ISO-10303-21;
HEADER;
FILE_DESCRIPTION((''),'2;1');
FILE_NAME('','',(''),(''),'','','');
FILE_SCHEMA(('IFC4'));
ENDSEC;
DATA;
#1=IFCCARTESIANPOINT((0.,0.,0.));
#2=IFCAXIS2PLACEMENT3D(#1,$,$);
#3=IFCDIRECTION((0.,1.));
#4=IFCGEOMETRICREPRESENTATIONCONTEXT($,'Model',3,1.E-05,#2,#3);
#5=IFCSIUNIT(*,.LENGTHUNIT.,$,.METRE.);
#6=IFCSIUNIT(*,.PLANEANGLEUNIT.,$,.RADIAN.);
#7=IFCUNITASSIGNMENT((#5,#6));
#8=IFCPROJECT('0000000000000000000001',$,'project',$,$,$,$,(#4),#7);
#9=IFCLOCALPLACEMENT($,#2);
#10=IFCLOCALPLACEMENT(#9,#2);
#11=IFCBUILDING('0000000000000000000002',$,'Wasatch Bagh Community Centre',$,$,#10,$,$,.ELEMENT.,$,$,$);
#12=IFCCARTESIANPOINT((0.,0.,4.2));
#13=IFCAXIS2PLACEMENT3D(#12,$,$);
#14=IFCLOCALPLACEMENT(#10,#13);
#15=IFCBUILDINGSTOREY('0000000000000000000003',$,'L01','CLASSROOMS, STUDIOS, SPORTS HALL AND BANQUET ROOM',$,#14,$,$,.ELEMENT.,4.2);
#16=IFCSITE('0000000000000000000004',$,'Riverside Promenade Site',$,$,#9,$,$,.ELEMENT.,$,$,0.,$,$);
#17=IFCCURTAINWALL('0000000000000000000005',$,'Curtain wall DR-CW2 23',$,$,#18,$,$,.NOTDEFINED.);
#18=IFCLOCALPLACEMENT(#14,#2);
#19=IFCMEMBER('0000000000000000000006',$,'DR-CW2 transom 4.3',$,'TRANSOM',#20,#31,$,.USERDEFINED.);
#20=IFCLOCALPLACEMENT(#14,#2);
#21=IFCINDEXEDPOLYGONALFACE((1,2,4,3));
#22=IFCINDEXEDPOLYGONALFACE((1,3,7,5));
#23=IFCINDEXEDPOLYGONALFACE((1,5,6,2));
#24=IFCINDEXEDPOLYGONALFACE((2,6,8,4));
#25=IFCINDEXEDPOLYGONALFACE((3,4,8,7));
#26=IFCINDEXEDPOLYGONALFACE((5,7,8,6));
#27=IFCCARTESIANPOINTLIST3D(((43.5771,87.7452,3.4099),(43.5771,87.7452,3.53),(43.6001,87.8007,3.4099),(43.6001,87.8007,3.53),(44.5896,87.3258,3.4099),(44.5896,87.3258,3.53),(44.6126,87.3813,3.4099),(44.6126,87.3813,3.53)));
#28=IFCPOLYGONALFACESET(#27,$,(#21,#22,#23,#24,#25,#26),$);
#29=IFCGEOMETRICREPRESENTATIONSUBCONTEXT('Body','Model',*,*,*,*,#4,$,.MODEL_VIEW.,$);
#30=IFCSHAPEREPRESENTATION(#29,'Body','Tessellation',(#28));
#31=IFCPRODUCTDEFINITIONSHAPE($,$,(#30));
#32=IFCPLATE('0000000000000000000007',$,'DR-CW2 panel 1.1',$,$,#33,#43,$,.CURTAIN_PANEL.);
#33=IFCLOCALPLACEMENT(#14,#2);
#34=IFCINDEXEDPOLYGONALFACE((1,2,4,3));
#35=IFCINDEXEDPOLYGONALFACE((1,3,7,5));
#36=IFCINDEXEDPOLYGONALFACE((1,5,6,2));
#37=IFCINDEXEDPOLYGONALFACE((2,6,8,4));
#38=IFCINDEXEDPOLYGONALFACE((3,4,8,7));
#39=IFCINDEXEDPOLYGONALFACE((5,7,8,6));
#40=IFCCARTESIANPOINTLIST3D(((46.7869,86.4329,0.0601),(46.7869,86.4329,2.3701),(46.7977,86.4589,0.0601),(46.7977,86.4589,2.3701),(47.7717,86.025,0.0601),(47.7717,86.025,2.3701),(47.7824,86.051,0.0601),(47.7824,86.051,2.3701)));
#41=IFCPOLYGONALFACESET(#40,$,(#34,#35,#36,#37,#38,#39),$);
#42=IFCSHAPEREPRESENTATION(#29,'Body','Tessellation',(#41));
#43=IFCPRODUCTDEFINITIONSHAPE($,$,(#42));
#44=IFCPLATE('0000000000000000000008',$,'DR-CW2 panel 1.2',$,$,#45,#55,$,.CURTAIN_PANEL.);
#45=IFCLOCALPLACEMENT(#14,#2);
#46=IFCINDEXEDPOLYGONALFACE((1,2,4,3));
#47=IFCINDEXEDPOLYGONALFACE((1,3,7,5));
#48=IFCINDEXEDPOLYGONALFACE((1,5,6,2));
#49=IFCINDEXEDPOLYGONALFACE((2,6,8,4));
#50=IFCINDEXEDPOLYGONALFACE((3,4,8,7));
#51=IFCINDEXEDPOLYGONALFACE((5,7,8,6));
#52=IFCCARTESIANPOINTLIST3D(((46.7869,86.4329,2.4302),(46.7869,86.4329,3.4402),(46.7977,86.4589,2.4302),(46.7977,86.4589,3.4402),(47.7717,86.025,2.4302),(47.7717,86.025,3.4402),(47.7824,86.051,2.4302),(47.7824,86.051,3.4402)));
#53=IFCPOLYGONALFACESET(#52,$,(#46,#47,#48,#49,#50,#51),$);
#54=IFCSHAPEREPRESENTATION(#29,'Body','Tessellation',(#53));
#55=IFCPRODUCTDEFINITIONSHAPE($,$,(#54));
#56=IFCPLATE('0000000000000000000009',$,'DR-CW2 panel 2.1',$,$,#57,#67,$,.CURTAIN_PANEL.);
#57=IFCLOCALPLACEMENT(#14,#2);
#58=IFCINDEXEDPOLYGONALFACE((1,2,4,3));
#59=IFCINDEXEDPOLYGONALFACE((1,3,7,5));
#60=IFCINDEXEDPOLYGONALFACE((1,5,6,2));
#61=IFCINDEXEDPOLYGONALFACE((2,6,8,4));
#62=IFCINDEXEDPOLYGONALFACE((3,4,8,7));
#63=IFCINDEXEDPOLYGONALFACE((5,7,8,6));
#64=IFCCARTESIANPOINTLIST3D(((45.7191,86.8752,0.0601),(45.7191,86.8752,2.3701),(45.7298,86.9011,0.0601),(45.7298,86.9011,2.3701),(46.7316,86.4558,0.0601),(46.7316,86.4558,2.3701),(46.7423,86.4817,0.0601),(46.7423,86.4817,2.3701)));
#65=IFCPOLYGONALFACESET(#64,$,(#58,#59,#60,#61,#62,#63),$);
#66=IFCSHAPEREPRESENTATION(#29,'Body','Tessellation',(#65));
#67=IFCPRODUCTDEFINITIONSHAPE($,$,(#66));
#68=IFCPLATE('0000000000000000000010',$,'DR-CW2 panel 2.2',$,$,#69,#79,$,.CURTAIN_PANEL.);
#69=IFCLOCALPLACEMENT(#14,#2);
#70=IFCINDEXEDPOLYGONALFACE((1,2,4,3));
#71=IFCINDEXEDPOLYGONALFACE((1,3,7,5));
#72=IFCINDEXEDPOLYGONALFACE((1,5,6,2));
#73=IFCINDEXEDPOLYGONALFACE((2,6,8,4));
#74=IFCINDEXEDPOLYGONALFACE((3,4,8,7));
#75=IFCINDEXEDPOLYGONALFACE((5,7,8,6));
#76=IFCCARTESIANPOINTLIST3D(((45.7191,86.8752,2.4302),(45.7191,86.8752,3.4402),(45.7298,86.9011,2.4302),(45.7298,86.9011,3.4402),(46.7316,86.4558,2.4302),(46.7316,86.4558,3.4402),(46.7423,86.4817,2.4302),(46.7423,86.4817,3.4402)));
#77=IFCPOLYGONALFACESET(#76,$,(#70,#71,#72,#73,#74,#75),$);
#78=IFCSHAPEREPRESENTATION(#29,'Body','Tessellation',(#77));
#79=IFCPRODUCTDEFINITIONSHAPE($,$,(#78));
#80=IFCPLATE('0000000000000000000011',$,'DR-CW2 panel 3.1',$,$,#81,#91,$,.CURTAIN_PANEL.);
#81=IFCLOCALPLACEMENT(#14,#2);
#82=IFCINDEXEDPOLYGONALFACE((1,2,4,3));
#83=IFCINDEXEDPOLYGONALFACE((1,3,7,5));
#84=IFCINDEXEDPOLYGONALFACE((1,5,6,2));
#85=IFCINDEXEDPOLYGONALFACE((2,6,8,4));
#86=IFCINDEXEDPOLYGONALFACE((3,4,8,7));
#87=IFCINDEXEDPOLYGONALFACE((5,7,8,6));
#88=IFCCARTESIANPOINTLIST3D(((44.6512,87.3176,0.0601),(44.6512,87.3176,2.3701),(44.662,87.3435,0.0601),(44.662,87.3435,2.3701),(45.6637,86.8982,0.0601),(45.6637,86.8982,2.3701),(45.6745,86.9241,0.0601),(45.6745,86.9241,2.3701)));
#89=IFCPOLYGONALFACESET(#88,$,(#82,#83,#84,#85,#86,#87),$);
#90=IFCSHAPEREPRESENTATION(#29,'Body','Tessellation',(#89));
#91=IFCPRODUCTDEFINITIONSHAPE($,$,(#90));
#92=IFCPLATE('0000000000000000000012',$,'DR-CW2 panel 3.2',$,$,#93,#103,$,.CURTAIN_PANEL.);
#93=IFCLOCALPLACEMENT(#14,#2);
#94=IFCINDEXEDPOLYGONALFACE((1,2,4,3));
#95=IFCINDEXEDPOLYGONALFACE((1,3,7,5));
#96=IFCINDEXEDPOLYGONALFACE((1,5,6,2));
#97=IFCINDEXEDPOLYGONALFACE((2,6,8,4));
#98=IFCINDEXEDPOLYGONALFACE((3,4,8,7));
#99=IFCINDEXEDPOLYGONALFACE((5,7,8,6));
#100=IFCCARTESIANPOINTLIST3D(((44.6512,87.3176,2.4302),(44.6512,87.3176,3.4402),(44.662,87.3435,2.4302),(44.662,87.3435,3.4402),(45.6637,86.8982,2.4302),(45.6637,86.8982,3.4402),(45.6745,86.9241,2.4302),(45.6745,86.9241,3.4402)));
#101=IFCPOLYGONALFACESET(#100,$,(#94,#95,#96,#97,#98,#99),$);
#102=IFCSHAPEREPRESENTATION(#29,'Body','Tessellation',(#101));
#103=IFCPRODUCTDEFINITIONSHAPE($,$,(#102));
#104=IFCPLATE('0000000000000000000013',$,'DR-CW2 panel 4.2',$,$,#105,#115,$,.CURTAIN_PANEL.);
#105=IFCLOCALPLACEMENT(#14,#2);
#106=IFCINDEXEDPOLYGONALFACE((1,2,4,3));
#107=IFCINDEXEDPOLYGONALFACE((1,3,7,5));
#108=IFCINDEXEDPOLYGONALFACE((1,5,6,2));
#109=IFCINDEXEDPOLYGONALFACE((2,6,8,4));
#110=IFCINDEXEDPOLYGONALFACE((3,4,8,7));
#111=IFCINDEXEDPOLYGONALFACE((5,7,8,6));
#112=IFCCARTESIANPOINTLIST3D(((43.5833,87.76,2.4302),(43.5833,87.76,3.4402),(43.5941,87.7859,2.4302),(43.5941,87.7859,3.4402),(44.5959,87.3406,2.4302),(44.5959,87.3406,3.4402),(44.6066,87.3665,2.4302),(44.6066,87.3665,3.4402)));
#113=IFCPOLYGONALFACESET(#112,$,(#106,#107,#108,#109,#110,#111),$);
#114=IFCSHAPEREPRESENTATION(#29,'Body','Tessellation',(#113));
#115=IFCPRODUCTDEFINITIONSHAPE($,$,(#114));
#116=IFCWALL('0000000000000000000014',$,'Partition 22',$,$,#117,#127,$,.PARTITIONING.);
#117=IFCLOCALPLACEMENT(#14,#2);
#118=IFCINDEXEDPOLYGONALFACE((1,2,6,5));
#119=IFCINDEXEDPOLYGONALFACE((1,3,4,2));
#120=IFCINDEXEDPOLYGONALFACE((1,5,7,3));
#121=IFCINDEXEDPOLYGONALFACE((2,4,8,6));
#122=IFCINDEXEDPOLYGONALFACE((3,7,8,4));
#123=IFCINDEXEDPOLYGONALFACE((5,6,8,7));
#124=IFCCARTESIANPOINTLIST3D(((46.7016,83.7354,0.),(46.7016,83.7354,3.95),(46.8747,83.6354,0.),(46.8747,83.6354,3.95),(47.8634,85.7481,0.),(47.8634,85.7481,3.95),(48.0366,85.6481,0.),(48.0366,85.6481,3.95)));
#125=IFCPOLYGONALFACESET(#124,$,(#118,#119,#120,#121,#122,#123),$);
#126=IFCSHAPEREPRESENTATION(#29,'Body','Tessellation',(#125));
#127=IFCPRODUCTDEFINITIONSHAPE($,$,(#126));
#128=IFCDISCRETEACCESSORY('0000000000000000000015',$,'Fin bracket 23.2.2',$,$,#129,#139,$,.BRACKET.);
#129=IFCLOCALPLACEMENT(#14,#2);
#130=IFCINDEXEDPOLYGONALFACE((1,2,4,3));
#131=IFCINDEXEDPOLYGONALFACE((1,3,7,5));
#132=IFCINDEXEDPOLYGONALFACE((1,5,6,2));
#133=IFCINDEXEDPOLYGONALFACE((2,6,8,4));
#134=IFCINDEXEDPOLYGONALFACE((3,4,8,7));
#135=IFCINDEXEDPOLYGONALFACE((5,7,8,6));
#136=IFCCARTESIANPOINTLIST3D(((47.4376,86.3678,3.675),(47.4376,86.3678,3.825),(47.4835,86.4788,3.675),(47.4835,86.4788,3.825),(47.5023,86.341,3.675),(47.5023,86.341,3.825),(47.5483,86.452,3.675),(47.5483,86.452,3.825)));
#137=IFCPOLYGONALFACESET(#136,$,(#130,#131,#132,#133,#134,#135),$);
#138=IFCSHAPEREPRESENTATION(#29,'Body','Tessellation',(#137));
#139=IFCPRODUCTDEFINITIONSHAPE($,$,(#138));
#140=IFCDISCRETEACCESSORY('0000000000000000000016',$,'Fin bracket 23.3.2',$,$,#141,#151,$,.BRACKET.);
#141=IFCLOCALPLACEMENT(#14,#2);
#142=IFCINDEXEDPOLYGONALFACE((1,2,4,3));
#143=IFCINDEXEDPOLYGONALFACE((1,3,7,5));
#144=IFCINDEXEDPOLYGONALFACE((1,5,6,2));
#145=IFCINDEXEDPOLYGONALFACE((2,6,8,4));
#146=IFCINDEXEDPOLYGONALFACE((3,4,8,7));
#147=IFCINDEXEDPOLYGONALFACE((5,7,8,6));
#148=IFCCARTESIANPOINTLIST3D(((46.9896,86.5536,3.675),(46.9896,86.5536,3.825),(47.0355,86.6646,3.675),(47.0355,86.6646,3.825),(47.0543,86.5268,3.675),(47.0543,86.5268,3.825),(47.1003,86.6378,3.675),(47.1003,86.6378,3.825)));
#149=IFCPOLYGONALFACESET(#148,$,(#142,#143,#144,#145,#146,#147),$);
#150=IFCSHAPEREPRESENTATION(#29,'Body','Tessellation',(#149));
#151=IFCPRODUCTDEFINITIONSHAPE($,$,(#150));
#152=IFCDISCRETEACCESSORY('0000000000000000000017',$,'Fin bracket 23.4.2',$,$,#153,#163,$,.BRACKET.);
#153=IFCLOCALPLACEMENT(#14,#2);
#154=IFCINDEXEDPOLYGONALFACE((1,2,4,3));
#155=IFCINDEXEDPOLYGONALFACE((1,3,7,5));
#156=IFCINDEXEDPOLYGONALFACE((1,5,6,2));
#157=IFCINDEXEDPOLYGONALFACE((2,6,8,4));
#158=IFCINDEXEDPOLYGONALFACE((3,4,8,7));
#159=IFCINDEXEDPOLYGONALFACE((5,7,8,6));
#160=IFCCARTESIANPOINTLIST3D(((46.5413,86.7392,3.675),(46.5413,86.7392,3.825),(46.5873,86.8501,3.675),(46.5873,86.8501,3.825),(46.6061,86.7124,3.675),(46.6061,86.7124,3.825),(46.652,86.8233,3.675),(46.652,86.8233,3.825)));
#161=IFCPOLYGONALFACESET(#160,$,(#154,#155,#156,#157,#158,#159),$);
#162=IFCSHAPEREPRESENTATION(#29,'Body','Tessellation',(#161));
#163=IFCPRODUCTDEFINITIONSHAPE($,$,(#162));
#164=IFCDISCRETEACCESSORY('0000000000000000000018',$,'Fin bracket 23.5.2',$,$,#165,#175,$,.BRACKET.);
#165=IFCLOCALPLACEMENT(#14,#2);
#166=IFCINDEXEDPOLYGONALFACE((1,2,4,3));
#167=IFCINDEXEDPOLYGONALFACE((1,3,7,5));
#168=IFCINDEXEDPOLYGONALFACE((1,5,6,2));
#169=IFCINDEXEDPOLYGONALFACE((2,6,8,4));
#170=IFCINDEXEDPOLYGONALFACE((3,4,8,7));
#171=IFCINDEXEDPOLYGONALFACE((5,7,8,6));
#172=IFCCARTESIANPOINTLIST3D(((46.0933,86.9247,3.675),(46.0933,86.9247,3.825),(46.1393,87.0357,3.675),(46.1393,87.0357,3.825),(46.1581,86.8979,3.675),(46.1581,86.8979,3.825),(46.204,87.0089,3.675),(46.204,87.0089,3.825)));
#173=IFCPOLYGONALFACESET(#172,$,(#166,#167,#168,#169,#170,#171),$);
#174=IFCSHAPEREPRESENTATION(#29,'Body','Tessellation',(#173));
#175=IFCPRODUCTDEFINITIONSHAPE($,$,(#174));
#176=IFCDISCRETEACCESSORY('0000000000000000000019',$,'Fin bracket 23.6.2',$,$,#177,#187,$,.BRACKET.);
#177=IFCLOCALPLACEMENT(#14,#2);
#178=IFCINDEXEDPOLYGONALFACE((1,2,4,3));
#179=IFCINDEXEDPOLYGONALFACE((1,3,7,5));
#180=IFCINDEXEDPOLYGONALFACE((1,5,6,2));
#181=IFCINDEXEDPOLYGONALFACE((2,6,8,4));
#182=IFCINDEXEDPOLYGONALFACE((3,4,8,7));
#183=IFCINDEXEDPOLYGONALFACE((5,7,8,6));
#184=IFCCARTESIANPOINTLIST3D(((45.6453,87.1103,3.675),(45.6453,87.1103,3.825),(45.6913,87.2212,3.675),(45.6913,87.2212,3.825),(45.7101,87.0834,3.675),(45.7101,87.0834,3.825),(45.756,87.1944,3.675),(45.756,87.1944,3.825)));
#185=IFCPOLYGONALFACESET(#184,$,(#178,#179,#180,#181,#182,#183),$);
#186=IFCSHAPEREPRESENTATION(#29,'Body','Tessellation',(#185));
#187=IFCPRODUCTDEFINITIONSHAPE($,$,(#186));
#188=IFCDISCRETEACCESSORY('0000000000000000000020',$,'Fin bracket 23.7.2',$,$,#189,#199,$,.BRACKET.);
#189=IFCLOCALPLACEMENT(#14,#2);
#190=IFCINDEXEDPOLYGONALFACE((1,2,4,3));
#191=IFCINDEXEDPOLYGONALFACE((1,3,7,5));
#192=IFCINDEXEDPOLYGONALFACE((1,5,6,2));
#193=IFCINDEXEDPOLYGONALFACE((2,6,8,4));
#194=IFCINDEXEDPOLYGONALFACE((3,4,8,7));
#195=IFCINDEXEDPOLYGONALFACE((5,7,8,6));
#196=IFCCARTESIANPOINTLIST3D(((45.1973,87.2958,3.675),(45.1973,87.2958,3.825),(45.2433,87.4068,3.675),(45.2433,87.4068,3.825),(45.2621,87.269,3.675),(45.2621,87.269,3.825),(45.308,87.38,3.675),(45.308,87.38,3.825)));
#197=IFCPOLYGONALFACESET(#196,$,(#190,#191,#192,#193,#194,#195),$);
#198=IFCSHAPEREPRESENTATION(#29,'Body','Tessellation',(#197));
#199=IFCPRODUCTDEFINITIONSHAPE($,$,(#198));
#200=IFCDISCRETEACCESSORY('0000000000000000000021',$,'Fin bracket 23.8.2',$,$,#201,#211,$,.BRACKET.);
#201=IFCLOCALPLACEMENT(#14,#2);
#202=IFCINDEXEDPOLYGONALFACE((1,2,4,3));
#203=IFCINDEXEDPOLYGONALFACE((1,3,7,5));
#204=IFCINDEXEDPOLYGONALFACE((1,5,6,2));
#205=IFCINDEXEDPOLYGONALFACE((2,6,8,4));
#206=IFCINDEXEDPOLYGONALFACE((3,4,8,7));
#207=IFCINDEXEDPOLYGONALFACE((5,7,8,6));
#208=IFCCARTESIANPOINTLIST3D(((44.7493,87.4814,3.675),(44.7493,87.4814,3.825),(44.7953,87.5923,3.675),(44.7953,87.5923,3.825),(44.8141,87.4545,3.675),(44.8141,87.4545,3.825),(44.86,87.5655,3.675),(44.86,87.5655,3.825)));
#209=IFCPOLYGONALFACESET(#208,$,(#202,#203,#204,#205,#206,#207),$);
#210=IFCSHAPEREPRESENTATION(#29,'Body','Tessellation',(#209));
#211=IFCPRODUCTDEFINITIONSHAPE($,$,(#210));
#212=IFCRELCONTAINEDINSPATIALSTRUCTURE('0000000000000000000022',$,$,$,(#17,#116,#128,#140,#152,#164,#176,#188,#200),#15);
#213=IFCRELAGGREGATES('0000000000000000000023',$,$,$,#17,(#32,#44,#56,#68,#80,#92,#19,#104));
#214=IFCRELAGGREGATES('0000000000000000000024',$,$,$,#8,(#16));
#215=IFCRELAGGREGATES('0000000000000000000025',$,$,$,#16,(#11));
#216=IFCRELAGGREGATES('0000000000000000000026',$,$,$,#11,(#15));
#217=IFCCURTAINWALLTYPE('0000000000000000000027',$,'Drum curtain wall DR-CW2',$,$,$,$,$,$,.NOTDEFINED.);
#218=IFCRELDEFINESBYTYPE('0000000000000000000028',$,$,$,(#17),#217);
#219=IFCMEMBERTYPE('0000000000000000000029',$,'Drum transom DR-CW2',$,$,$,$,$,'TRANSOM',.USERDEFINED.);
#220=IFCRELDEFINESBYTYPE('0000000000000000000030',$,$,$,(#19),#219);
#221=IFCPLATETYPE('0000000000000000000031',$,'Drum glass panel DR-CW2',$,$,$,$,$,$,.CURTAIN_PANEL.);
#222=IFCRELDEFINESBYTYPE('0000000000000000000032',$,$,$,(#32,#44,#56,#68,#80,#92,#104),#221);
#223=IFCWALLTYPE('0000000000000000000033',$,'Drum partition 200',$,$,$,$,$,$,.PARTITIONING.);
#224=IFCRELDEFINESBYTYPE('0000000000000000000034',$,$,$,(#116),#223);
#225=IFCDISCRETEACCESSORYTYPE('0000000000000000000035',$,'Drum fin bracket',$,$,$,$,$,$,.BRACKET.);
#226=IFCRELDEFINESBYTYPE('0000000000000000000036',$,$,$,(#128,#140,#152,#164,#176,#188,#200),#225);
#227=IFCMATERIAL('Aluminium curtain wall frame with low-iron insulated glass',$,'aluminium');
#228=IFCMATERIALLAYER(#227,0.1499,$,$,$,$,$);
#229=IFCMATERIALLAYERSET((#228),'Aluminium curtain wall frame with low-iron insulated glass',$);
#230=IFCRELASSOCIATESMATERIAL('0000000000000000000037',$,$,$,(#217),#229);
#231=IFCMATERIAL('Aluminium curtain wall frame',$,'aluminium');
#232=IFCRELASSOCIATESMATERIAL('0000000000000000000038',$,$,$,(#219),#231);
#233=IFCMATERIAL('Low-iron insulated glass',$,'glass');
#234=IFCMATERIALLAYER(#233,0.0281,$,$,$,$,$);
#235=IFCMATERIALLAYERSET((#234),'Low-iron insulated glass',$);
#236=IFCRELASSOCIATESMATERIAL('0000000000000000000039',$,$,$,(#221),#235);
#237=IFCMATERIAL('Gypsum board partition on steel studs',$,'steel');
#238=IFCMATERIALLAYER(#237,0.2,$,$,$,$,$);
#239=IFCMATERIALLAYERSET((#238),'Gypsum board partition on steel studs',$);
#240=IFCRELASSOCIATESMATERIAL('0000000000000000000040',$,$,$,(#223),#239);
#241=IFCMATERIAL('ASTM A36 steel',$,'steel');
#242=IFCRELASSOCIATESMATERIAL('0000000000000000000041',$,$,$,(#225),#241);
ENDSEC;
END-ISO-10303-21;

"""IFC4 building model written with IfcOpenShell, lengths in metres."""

from ifc_helpers import new_model, si_unit, direction, frame, frame_2d, origin, origin_2d, place, context, subcontext, project, spatial, rectangle, extrude, material, layer, layer_set, material_profile, profile_set, type_object, element, aggregate, save


model = new_model("IFC4")

# Units and contexts
model_context = context("Model", 3, precision=1e-05, world=origin(), true_north=direction((0.0, 1.0)))
body_context = subcontext(model_context, "Body", "Model", "MODEL_VIEW")
ifc_project = project(units=[si_unit("LENGTHUNIT", "METRE"), si_unit("PLANEANGLEUNIT", "RADIAN")], contexts=[model_context])

# Site, building, storey
site_placement = place(None, origin())
site = spatial("IfcSite", under=ifc_project, at=site_placement, Name="Riverside Promenade Site", CompositionType="ELEMENT", RefElevation=0.0)
building_placement = place(site_placement, origin())
building = spatial("IfcBuilding", under=site, at=building_placement, Name="Wasatch Bagh Community Centre", CompositionType="ELEMENT")
storey_placement = place(building_placement, frame((0.0, 0.0, 4.2)))
storey = spatial("IfcBuildingStorey", under=building, at=storey_placement, Name="L01", Description="CLASSROOMS, STUDIOS, SPORTS HALL AND BANQUET ROOM", CompositionType="ELEMENT", Elevation=4.2)

# Curtain wall, member, plates
ifc_material_1 = material(Name="Aluminium curtain wall frame with low-iron insulated glass", Category="aluminium")
ifc_layer_1 = layer(ifc_material_1, 0.1499)
ifc_layer_set_1 = layer_set([ifc_layer_1], Name="Aluminium curtain wall frame with low-iron insulated glass")
curtain_wall_type = type_object("IfcCurtainWallType", Name="Drum curtain wall DR-CW2", PredefinedType="NOTDEFINED", material=ifc_layer_set_1)
curtain_wall_placement = place(storey_placement, origin())
curtain_wall = element("IfcCurtainWall", 1, at=curtain_wall_placement, inside=storey, type_object=curtain_wall_type, Name="Curtain wall DR-CW2 23", PredefinedType="NOTDEFINED")
ifc_material_2 = material(Name="Aluminium curtain wall frame", Category="aluminium")
ifc_material_profile_1 = material_profile(ifc_material_2, rectangle(XDim=0.0601, YDim=0.1201, at=origin_2d()), Name="Drum transom DR-CW2")
ifc_profile_set_1 = profile_set([ifc_material_profile_1], Name="Aluminium curtain wall frame")
member_type_1 = type_object("IfcMemberType", Name="Drum transom DR-CW2", ElementType="TRANSOM", PredefinedType="USERDEFINED", material=ifc_profile_set_1)
member_1_placement = place(storey_placement, frame((44.6011, 87.3535, 3.47), z_axis=(-0.923859, 0.382732, 0.0), x_axis=(-0.382732, -0.923859, 0.0)))
member_1 = element("IfcMember", 2, at=member_1_placement, type_object=member_type_1, Name="DR-CW2 transom 4.3", ObjectType="TRANSOM", PredefinedType="USERDEFINED", context=body_context, shape_type="SweptSolid", body=[
    extrude(rectangle(XDim=0.0601, YDim=0.1201, at=origin_2d()), origin(), (0.0, 0.0, 1.0), 1.0959),
])
ifc_material_3 = material(Name="Low-iron insulated glass", Category="glass")
ifc_layer_2 = layer(ifc_material_3, 0.0281)
ifc_layer_set_2 = layer_set([ifc_layer_2], Name="Low-iron insulated glass")
plate_type = type_object("IfcPlateType", Name="Drum glass panel DR-CW2", PredefinedType="CURTAIN_PANEL", material=ifc_layer_set_2)
plate_1_placement = place(storey_placement, frame((47.2847, 86.2419, 0.0601), z_axis=(0.0, 0.0, 1.0), x_axis=(-0.92388, 0.382683, 0.0)))
plate_1 = element("IfcPlate", 3, at=plate_1_placement, type_object=plate_type, Name="DR-CW2 panel 1.1", PredefinedType="CURTAIN_PANEL", context=body_context, shape_type="SweptSolid", body=[
    extrude(rectangle(XDim=1.0659, YDim=0.0281, at=origin_2d()), origin(), (0.0, 0.0, 1.0), 2.3101),
])
plate_2_placement = place(storey_placement, frame((47.2847, 86.2419, 2.4302), z_axis=(0.0, 0.0, 1.0), x_axis=(-0.92388, 0.382683, 0.0)))
plate_2 = element("IfcPlate", 4, at=plate_2_placement, type_object=plate_type, Name="DR-CW2 panel 1.2", PredefinedType="CURTAIN_PANEL", context=body_context, shape_type="SweptSolid", body=[
    extrude(rectangle(XDim=1.0659, YDim=0.0281, at=origin_2d()), origin(), (0.0, 0.0, 1.0), 1.01),
])
plate_3_placement = place(storey_placement, frame((46.2307, 86.6785, 0.0601), z_axis=(0.0, 0.0, 1.0), x_axis=(-0.92388, 0.382683, 0.0)))
plate_3 = element("IfcPlate", 5, at=plate_3_placement, type_object=plate_type, Name="DR-CW2 panel 2.1", PredefinedType="CURTAIN_PANEL", context=body_context, shape_type="SweptSolid", body=[
    extrude(rectangle(XDim=1.0959, YDim=0.0281, at=origin_2d()), origin(), (0.0, 0.0, 1.0), 2.3101),
])
plate_4_placement = place(storey_placement, frame((46.2307, 86.6785, 2.4302), z_axis=(0.0, 0.0, 1.0), x_axis=(-0.92388, 0.382683, 0.0)))
plate_4 = element("IfcPlate", 6, at=plate_4_placement, type_object=plate_type, Name="DR-CW2 panel 2.2", PredefinedType="CURTAIN_PANEL", context=body_context, shape_type="SweptSolid", body=[
    extrude(rectangle(XDim=1.0959, YDim=0.0281, at=origin_2d()), origin(), (0.0, 0.0, 1.0), 1.01),
])
plate_5_placement = place(storey_placement, frame((45.1628, 87.1208, 0.0601), z_axis=(0.0, 0.0, 1.0), x_axis=(-0.92388, 0.382683, 0.0)))
plate_5 = element("IfcPlate", 7, at=plate_5_placement, type_object=plate_type, Name="DR-CW2 panel 3.1", PredefinedType="CURTAIN_PANEL", context=body_context, shape_type="SweptSolid", body=[
    extrude(rectangle(XDim=1.0959, YDim=0.0281, at=origin_2d()), origin(), (0.0, 0.0, 1.0), 2.3101),
])
plate_6_placement = place(storey_placement, frame((45.1628, 87.1208, 2.4302), z_axis=(0.0, 0.0, 1.0), x_axis=(-0.92388, 0.382683, 0.0)))
plate_6 = element("IfcPlate", 8, at=plate_6_placement, type_object=plate_type, Name="DR-CW2 panel 3.2", PredefinedType="CURTAIN_PANEL", context=body_context, shape_type="SweptSolid", body=[
    extrude(rectangle(XDim=1.0959, YDim=0.0281, at=origin_2d()), origin(), (0.0, 0.0, 1.0), 1.01),
])
plate_7_placement = place(storey_placement, frame((44.095, 87.5632, 2.4302), z_axis=(0.0, 0.0, 1.0), x_axis=(-0.92388, 0.382683, 0.0)))
plate_7 = element("IfcPlate", 9, at=plate_7_placement, type_object=plate_type, Name="DR-CW2 panel 4.2", PredefinedType="CURTAIN_PANEL", context=body_context, shape_type="SweptSolid", body=[
    extrude(rectangle(XDim=1.0959, YDim=0.0281, at=origin_2d()), origin(), (0.0, 0.0, 1.0), 1.01),
])
aggregate(curtain_wall, [plate_1, plate_2, plate_3, plate_4, plate_5, plate_6, member_1, plate_7])

# Wall
ifc_material_4 = material(Name="Gypsum board partition on steel studs", Category="steel")
ifc_layer_3 = layer(ifc_material_4, 0.2)
ifc_layer_set_3 = layer_set([ifc_layer_3], Name="Gypsum board partition on steel studs")
wall_type = type_object("IfcWallType", Name="Drum partition 200", PredefinedType="PARTITIONING", material=ifc_layer_set_3)
wall_placement = place(storey_placement, frame((46.7881, 83.6853, 0.0), z_axis=(0.0, 0.0, 1.0), x_axis=(0.499947, 0.866056, 0.0)))
element("IfcWall", 10, at=wall_placement, inside=storey, type_object=wall_type, Name="Partition 22", PredefinedType="PARTITIONING", context=body_context, shape_type="SweptSolid", body=[
    extrude(rectangle(XDim=2.324, YDim=0.2, at=frame_2d((1.1621, 0.0))), origin(), (0.0, 0.0, 1.0), 3.95),
])

# Discrete accessories
ifc_material_5 = material(Name="ASTM A36 steel", Category="steel")
discrete_accessory_type = type_object("IfcDiscreteAccessoryType", Name="Drum fin bracket", PredefinedType="BRACKET", material=ifc_material_5)
for number, where, z_axis, x_axis, name in (
    (11, (47.4929, 86.4099, 3.675), (0.0, 0.0, 1.0), (-0.92388, 0.382683, 0.0), "Fin bracket 23.2.2"),
    (12, (47.0449, 86.5957, 3.675), (0.0, 0.0, 1.0), (-0.92388, 0.382683, 0.0), "Fin bracket 23.3.2"),
    (13, (46.5967, 86.7812, 3.675), (0.0, 0.0, 1.0), (-0.92388, 0.382683, 0.0), "Fin bracket 23.4.2"),
    (14, (46.1487, 86.9668, 3.675), (0.0, 0.0, 1.0), (-0.92388, 0.382683, 0.0), "Fin bracket 23.5.2"),
    (15, (45.7007, 87.1523, 3.675), (0.0, 0.0, 1.0), (-0.92388, 0.382683, 0.0), "Fin bracket 23.6.2"),
    (16, (45.2527, 87.3379, 3.675), (0.0, 0.0, 1.0), (-0.92388, 0.382683, 0.0), "Fin bracket 23.7.2"),
    (17, (44.8047, 87.5234, 3.675), (0.0, 0.0, 1.0), (-0.92388, 0.382683, 0.0), "Fin bracket 23.8.2"),
):
    element("IfcDiscreteAccessory", number, at=place(storey_placement, frame(where, z_axis=z_axis, x_axis=x_axis)), inside=storey, type_object=discrete_accessory_type, Name=name, PredefinedType="BRACKET", context=body_context, shape_type="SweptSolid", body=[
        extrude(rectangle(XDim=0.0701, YDim=0.1201, at=origin_2d()), origin(), (0.0, 0.0, 1.0), 0.1499),
    ])

save(model, "model.ifc")
